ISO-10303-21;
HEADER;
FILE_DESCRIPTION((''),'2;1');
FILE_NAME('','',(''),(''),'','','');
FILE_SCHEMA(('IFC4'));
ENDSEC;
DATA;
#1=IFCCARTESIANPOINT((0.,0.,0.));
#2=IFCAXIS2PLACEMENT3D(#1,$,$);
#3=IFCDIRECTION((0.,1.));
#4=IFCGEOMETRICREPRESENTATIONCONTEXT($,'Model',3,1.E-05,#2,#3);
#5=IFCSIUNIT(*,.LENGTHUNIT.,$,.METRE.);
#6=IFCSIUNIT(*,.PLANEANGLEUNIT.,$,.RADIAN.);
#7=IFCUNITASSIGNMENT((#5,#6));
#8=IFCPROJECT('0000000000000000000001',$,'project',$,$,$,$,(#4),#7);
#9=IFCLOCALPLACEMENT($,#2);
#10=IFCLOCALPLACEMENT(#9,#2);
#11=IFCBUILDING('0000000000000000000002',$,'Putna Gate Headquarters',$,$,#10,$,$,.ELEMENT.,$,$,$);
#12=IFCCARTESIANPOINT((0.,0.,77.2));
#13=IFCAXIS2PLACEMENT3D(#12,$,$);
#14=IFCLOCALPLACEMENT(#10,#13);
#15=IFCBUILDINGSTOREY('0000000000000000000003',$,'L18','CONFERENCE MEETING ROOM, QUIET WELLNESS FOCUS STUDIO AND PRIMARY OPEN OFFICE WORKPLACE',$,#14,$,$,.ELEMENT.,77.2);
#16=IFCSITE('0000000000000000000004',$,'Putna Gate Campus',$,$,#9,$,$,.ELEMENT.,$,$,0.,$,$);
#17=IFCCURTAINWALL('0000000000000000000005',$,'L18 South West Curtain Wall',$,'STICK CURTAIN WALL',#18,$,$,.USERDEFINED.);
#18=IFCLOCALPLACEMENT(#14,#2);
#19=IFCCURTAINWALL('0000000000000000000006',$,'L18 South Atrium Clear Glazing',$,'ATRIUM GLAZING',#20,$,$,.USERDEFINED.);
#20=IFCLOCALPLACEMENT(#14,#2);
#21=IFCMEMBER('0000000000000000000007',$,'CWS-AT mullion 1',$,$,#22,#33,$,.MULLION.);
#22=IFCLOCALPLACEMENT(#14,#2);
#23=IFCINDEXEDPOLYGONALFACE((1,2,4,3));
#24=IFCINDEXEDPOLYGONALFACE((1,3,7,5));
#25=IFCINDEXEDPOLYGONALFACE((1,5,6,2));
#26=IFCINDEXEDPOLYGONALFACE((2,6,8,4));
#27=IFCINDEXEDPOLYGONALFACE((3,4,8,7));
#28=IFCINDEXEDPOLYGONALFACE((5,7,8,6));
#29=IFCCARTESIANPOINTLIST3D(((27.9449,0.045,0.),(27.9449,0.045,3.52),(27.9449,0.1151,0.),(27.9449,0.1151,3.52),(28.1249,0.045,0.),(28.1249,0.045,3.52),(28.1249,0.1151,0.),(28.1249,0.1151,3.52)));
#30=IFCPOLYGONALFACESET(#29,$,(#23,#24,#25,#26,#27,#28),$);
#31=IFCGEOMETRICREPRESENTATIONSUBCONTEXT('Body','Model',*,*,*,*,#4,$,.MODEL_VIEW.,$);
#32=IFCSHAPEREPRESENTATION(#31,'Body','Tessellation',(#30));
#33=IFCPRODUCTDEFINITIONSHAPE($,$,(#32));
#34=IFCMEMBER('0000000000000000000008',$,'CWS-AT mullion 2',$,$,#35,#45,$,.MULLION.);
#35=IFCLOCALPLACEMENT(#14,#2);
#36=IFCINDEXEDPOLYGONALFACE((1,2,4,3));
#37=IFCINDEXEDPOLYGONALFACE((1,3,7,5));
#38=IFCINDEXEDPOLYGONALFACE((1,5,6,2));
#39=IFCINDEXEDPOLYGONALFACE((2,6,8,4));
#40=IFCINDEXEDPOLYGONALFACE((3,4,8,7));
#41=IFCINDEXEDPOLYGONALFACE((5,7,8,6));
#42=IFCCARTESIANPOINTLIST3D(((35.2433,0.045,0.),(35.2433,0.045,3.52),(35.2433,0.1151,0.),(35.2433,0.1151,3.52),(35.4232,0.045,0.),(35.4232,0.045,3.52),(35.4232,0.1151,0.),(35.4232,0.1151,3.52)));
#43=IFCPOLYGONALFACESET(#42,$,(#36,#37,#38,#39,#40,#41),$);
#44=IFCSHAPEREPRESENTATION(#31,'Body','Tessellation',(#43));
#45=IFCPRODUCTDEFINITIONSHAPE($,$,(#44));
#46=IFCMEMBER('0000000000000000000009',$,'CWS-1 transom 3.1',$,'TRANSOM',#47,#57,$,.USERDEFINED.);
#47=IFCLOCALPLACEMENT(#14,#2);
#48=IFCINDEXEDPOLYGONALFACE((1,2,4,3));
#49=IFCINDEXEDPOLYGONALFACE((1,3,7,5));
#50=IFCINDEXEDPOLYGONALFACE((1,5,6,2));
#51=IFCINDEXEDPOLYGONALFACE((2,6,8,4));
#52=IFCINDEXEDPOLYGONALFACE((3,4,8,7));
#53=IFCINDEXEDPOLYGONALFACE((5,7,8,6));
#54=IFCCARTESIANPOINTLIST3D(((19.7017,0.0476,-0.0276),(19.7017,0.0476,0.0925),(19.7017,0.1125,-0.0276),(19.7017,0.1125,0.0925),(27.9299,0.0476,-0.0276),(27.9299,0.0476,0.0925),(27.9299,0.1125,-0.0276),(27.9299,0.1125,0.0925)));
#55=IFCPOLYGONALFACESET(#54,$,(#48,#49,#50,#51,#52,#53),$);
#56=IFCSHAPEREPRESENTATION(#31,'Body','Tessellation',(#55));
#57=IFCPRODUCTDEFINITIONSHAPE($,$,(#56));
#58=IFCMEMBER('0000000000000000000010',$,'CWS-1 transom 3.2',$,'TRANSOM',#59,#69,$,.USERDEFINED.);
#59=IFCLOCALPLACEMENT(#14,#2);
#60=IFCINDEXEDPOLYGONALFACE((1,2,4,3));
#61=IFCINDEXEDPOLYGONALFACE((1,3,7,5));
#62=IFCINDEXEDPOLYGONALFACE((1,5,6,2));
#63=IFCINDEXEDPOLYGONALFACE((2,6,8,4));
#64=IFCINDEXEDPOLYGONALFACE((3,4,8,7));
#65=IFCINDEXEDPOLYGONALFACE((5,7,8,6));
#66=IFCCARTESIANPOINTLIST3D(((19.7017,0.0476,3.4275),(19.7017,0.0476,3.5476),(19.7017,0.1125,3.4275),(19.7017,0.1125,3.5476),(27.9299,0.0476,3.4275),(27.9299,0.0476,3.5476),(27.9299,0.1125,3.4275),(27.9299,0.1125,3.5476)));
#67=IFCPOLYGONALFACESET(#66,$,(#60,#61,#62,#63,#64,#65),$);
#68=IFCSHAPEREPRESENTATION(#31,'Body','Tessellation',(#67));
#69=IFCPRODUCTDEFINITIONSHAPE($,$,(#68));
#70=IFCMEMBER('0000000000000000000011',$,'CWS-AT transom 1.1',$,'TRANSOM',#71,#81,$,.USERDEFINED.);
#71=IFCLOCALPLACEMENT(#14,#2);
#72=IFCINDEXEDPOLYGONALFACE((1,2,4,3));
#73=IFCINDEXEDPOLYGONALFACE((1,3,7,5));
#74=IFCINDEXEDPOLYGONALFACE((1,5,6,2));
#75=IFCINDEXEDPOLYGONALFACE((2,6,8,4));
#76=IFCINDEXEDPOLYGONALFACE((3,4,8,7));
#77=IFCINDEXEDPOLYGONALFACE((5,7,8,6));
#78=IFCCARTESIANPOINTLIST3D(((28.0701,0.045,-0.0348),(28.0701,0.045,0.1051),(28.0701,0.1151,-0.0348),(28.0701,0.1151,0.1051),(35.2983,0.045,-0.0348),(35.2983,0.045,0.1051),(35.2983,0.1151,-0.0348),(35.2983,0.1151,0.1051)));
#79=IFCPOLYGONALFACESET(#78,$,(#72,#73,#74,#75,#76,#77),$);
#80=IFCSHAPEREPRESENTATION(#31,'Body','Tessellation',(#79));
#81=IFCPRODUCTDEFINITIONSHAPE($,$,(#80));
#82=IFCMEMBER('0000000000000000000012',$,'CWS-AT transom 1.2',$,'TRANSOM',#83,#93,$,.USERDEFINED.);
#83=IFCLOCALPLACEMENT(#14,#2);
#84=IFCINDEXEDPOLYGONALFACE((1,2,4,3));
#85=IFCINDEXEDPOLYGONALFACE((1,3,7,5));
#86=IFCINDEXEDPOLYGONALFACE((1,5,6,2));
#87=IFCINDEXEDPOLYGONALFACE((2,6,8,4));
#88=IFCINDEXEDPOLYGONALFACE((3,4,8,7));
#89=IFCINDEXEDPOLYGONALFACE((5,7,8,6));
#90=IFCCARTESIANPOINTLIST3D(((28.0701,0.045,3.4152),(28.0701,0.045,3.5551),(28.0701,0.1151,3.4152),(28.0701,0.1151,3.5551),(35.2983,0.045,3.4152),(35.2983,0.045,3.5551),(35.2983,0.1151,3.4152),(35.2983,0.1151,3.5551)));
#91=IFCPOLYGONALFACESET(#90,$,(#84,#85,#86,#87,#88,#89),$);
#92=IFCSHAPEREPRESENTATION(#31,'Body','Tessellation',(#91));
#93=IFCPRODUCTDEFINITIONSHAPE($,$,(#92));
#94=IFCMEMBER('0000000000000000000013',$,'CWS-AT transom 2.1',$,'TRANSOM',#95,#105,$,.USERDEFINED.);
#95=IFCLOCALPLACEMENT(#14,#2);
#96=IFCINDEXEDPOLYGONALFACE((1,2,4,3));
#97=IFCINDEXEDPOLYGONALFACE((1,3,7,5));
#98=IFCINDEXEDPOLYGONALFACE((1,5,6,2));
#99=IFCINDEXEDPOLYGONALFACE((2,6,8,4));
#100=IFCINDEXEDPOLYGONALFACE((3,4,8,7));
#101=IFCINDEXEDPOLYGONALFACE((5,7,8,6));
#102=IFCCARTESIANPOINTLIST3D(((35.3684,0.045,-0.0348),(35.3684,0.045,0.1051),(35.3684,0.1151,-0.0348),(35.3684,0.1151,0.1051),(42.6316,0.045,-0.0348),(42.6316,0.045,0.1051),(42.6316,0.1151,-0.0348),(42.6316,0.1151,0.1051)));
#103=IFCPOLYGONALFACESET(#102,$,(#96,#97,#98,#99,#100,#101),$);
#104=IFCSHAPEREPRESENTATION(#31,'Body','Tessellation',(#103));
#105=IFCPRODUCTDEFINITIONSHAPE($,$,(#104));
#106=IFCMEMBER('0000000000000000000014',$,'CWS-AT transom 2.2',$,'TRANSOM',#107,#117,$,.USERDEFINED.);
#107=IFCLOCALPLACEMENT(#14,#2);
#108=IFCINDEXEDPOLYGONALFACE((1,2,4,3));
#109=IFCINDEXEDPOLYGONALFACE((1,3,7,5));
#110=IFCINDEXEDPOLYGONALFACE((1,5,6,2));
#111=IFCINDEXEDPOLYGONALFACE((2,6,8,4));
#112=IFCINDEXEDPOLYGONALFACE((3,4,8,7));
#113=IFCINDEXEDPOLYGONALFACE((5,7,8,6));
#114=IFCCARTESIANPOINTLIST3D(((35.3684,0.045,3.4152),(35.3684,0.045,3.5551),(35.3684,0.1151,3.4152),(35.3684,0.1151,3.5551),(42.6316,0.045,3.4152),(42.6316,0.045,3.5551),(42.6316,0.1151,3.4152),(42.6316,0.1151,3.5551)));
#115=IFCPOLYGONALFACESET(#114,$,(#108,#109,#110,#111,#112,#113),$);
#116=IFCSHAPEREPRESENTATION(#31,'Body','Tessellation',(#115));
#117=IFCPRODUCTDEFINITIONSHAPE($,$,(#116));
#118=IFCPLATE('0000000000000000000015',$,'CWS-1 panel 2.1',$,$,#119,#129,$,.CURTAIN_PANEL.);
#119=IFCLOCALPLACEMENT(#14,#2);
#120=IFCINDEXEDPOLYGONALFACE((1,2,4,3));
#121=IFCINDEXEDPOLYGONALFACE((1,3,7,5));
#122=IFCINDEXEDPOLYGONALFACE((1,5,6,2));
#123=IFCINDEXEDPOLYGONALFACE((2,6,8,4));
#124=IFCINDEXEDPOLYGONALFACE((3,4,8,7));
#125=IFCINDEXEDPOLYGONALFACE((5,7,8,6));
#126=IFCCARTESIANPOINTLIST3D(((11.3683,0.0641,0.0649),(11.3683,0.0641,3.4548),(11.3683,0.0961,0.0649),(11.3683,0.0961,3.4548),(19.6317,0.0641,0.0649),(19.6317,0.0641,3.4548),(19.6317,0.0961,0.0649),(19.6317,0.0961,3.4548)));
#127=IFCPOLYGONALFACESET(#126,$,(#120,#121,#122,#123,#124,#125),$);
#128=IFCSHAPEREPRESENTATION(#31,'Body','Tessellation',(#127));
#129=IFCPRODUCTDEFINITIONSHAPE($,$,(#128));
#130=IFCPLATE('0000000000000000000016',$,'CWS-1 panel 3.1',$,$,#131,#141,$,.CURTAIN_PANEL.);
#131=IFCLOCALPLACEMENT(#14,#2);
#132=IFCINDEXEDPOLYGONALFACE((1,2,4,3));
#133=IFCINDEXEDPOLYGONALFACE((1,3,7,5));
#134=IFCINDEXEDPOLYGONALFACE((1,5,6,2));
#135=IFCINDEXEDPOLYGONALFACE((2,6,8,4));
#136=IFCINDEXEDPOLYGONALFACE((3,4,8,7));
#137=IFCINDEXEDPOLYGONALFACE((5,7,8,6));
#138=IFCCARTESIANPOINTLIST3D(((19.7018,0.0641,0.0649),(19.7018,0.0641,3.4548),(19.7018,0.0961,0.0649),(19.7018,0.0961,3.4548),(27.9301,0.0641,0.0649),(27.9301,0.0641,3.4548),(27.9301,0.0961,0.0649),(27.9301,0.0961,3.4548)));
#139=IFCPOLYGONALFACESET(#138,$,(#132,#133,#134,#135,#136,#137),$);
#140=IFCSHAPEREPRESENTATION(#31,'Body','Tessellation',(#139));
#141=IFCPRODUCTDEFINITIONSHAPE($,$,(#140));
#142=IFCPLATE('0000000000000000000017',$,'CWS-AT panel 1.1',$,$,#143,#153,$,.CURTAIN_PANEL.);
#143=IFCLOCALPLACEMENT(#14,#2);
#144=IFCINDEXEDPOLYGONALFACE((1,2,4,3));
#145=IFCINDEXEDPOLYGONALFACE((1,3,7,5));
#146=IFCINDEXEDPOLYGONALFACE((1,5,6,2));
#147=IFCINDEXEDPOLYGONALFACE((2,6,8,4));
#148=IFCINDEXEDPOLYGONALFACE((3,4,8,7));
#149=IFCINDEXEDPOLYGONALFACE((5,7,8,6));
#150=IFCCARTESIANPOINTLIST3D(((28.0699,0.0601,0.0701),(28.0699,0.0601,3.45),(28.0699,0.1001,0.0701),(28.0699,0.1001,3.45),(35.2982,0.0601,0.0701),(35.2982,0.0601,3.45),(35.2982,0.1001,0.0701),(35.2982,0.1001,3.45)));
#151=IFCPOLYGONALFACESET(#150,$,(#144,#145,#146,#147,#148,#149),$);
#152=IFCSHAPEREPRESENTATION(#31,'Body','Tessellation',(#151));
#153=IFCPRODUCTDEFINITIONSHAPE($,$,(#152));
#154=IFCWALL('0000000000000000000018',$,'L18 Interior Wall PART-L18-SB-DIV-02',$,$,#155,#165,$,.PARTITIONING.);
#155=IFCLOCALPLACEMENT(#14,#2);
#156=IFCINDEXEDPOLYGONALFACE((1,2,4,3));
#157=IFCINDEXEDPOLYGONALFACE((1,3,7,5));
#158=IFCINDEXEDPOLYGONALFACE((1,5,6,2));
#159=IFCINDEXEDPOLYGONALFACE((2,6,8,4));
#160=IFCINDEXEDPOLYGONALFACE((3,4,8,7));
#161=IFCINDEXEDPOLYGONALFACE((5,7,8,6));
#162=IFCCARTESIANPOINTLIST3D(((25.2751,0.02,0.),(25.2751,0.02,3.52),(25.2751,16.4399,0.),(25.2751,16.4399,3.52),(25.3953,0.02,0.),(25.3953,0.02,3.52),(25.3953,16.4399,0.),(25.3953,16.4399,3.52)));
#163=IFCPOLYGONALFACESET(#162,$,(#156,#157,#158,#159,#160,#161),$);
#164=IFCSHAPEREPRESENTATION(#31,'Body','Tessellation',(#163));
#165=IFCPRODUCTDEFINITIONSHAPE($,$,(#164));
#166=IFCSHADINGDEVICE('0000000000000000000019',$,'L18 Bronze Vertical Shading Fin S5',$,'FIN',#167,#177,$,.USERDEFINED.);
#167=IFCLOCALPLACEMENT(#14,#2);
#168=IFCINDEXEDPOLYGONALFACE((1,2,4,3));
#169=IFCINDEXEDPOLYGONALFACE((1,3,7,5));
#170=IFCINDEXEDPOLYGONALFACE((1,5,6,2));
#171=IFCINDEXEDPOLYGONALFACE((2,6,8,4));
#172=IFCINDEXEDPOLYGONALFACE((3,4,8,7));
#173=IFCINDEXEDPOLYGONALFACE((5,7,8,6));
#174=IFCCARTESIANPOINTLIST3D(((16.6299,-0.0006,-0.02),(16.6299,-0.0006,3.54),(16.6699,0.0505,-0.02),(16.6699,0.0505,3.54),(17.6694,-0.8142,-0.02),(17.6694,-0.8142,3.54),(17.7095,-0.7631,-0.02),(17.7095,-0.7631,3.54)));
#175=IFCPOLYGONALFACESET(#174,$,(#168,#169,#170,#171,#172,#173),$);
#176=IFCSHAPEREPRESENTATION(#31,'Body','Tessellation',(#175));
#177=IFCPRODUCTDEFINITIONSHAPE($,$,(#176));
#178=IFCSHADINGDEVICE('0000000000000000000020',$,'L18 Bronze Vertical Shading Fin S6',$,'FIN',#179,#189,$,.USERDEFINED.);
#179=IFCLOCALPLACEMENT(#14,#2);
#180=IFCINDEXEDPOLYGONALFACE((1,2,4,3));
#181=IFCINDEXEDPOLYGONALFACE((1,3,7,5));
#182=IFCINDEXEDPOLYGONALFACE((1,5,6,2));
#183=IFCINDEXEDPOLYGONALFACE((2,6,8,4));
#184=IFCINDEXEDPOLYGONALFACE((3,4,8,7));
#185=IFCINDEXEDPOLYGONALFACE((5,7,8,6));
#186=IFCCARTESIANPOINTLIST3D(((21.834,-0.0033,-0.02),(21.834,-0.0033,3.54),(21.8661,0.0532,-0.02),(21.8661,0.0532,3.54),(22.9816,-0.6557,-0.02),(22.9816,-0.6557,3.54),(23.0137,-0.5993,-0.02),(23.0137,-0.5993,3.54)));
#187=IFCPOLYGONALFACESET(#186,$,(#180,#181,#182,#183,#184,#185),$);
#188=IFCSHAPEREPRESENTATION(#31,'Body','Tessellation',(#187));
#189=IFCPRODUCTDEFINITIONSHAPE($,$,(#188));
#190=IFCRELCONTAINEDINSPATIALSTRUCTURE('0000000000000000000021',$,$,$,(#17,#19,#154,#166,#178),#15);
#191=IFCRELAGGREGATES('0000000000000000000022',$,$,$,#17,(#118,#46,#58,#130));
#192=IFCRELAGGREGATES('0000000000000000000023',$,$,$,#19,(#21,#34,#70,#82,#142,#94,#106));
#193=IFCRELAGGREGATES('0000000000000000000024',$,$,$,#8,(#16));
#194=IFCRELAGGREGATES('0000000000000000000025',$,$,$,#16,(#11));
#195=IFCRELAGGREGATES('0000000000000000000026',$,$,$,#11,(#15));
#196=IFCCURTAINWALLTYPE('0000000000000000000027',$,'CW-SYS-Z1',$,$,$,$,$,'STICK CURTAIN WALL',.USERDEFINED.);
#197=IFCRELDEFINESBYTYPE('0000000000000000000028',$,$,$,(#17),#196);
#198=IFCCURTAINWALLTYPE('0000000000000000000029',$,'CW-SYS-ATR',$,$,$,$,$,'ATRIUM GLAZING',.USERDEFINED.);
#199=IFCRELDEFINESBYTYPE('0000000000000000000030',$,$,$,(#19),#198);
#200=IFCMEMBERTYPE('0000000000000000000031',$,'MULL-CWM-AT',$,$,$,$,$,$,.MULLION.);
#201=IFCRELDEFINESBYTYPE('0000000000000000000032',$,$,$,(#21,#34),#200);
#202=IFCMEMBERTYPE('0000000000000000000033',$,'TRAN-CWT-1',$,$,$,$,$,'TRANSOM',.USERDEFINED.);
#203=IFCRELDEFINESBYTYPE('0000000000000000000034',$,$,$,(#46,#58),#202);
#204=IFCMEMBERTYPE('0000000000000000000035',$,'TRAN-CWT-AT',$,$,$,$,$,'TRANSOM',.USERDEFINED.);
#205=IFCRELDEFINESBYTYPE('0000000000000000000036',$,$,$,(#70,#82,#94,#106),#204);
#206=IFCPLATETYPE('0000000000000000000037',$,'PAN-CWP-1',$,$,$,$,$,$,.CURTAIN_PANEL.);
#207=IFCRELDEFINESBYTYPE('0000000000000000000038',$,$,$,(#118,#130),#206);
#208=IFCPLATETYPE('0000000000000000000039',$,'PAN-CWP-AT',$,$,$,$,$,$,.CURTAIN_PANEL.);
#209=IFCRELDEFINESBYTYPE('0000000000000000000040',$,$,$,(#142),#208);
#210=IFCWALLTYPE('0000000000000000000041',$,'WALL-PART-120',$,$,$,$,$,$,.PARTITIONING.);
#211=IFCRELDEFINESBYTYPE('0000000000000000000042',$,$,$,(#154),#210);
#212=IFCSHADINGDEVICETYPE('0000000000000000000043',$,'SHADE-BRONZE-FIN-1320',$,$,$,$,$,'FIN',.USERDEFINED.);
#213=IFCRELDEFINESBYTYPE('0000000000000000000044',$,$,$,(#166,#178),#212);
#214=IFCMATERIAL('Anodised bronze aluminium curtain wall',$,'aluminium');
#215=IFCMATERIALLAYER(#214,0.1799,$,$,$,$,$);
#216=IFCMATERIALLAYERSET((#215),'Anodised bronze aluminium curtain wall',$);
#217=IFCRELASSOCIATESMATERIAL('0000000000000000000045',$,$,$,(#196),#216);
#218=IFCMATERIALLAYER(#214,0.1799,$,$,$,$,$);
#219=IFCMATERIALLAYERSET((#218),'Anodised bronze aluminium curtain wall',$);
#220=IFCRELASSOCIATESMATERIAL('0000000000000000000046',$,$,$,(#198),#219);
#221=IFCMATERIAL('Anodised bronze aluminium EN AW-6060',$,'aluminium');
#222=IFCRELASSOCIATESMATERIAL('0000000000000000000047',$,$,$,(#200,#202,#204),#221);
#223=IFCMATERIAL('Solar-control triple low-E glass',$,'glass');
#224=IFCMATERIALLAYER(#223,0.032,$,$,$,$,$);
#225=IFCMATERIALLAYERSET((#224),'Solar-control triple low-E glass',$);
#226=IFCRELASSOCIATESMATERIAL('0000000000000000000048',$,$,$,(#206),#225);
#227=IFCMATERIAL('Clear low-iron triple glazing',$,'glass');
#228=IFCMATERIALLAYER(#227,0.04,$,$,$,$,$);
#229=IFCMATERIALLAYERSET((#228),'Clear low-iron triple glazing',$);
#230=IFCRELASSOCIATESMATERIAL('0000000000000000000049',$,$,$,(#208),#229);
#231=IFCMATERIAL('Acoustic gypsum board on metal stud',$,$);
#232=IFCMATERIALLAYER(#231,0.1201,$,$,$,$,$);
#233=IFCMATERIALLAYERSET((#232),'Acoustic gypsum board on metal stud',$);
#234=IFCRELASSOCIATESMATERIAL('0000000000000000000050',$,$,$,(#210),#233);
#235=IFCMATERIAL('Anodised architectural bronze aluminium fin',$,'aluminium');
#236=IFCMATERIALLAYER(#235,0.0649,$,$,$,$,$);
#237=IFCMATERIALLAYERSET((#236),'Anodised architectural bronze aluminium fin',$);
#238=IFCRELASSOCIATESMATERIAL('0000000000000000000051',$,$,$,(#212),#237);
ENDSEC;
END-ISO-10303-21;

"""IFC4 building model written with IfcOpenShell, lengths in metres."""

from ifc_helpers import new_model, si_unit, direction, frame, frame_2d, origin, origin_2d, place, context, subcontext, project, spatial, rectangle, extrude, material, layer, layer_set, material_profile, profile_set, type_object, element, aggregate, save


model = new_model("IFC4")

# Units and contexts
model_context = context("Model", 3, precision=1e-05, world=origin(), true_north=direction((0.0, 1.0)))
body_context = subcontext(model_context, "Body", "Model", "MODEL_VIEW")
ifc_project = project(units=[si_unit("LENGTHUNIT", "METRE"), si_unit("PLANEANGLEUNIT", "RADIAN")], contexts=[model_context])

# Site, building, storey
site_placement = place(None, origin())
site = spatial("IfcSite", under=ifc_project, at=site_placement, Name="Putna Gate Campus", CompositionType="ELEMENT", RefElevation=0.0)
building_placement = place(site_placement, origin())
building = spatial("IfcBuilding", under=site, at=building_placement, Name="Putna Gate Headquarters", CompositionType="ELEMENT")
storey_placement = place(building_placement, frame((0.0, 0.0, 77.2)))
storey = spatial("IfcBuildingStorey", under=building, at=storey_placement, Name="L18", Description="CONFERENCE MEETING ROOM, QUIET WELLNESS FOCUS STUDIO AND PRIMARY OPEN OFFICE WORKPLACE", CompositionType="ELEMENT", Elevation=77.2)

# Curtain walls, members
ifc_material_1 = material(Name="Anodised bronze aluminium curtain wall", Category="aluminium")
ifc_layer_1 = layer(ifc_material_1, 0.1799)
ifc_layer_set_1 = layer_set([ifc_layer_1], Name="Anodised bronze aluminium curtain wall")
curtain_wall_type_1 = type_object("IfcCurtainWallType", Name="CW-SYS-Z1", ElementType="STICK CURTAIN WALL", PredefinedType="USERDEFINED", material=ifc_layer_set_1)
curtain_wall_1_placement = place(storey_placement, origin())
curtain_wall_1 = element("IfcCurtainWall", 1, at=curtain_wall_1_placement, inside=storey, type_object=curtain_wall_type_1, Name="L18 South West Curtain Wall", ObjectType="STICK CURTAIN WALL", PredefinedType="USERDEFINED")
ifc_material_2 = material(Name="Anodised bronze aluminium EN AW-6060", Category="aluminium")
ifc_layer_2 = layer(ifc_material_1, 0.1799)
ifc_layer_set_2 = layer_set([ifc_layer_2], Name="Anodised bronze aluminium curtain wall")
curtain_wall_type_2 = type_object("IfcCurtainWallType", Name="CW-SYS-ATR", ElementType="ATRIUM GLAZING", PredefinedType="USERDEFINED", material=ifc_layer_set_2)
curtain_wall_2_placement = place(storey_placement, origin())
curtain_wall_2 = element("IfcCurtainWall", 2, at=curtain_wall_2_placement, inside=storey, type_object=curtain_wall_type_2, Name="L18 South Atrium Clear Glazing", ObjectType="ATRIUM GLAZING", PredefinedType="USERDEFINED")
ifc_material_profile_1 = material_profile(ifc_material_2, rectangle(XDim=0.0701, YDim=0.1799, at=origin_2d()), Name="Anodised bronze aluminium EN AW-6060")
ifc_profile_set_1 = profile_set([ifc_material_profile_1], Name="Anodised bronze aluminium EN AW-6060")
member_type_1 = type_object("IfcMemberType", Name="MULL-CWM-AT", PredefinedType="MULLION", material=ifc_profile_set_1)
member_1_placement = place(storey_placement, frame((28.0349, 0.0801, 0.0), z_axis=(0.0, 0.0, 1.0), x_axis=(0.0, 1.0, 0.0)))
member_1 = element("IfcMember", 3, at=member_1_placement, type_object=member_type_1, Name="CWS-AT mullion 1", PredefinedType="MULLION", context=body_context, shape_type="SweptSolid", body=[
    extrude(rectangle(XDim=0.0701, YDim=0.1799, at=origin_2d()), origin(), (0.0, 0.0, 1.0), 3.52),
])
member_2_placement = place(storey_placement, frame((35.3333, 0.0801, 0.0), z_axis=(0.0, 0.0, 1.0), x_axis=(0.0, 1.0, 0.0)))
member_2 = element("IfcMember", 4, at=member_2_placement, type_object=member_type_1, Name="CWS-AT mullion 2", PredefinedType="MULLION", context=body_context, shape_type="SweptSolid", body=[
    extrude(rectangle(XDim=0.0701, YDim=0.1799, at=origin_2d()), origin(), (0.0, 0.0, 1.0), 3.52),
])

# Members
ifc_material_profile_2 = material_profile(ifc_material_2, rectangle(XDim=0.0649, YDim=0.1201, at=origin_2d()), Name="Anodised bronze aluminium EN AW-6060")
ifc_profile_set_2 = profile_set([ifc_material_profile_2], Name="Anodised bronze aluminium EN AW-6060")
member_type_2 = type_object("IfcMemberType", Name="TRAN-CWT-1", ElementType="TRANSOM", PredefinedType="USERDEFINED", material=ifc_profile_set_2)
member_3_placement = place(storey_placement, frame((19.7017, 0.0801, 0.0325), z_axis=(1.0, 0.0, 0.0), x_axis=(0.0, 1.0, 0.0)))
member_3 = element("IfcMember", 5, at=member_3_placement, type_object=member_type_2, Name="CWS-1 transom 3.1", ObjectType="TRANSOM", PredefinedType="USERDEFINED", context=body_context, shape_type="SweptSolid", body=[
    extrude(rectangle(XDim=0.0649, YDim=0.1201, at=origin_2d()), origin(), (0.0, 0.0, 1.0), 8.2283),
])
member_4_placement = place(storey_placement, frame((19.7017, 0.0801, 3.4875), z_axis=(1.0, 0.0, 0.0), x_axis=(0.0, 1.0, 0.0)))
member_4 = element("IfcMember", 6, at=member_4_placement, type_object=member_type_2, Name="CWS-1 transom 3.2", ObjectType="TRANSOM", PredefinedType="USERDEFINED", context=body_context, shape_type="SweptSolid", body=[
    extrude(rectangle(XDim=0.0649, YDim=0.1201, at=origin_2d()), origin(), (0.0, 0.0, 1.0), 8.2283),
])
ifc_material_profile_3 = material_profile(ifc_material_2, rectangle(XDim=0.0701, YDim=0.1399, at=origin_2d()), Name="Anodised bronze aluminium EN AW-6060")
ifc_profile_set_3 = profile_set([ifc_material_profile_3], Name="Anodised bronze aluminium EN AW-6060")
member_type_3 = type_object("IfcMemberType", Name="TRAN-CWT-AT", ElementType="TRANSOM", PredefinedType="USERDEFINED", material=ifc_profile_set_3)
member_5_placement = place(storey_placement, frame((28.0701, 0.0801, 0.0352), z_axis=(1.0, 0.0, 0.0), x_axis=(0.0, 1.0, 0.0)))
member_5 = element("IfcMember", 7, at=member_5_placement, type_object=member_type_3, Name="CWS-AT transom 1.1", ObjectType="TRANSOM", PredefinedType="USERDEFINED", context=body_context, shape_type="SweptSolid", body=[
    extrude(rectangle(XDim=0.0701, YDim=0.1399, at=origin_2d()), origin(), (0.0, 0.0, 1.0), 7.2283),
])
member_6_placement = place(storey_placement, frame((28.0701, 0.0801, 3.4851), z_axis=(1.0, 0.0, 0.0), x_axis=(0.0, 1.0, 0.0)))
member_6 = element("IfcMember", 8, at=member_6_placement, type_object=member_type_3, Name="CWS-AT transom 1.2", ObjectType="TRANSOM", PredefinedType="USERDEFINED", context=body_context, shape_type="SweptSolid", body=[
    extrude(rectangle(XDim=0.0701, YDim=0.1399, at=origin_2d()), origin(), (0.0, 0.0, 1.0), 7.2283),
])
member_7_placement = place(storey_placement, frame((35.3684, 0.0801, 0.0352), z_axis=(1.0, 0.0, 0.0), x_axis=(0.0, 1.0, 0.0)))
member_7 = element("IfcMember", 9, at=member_7_placement, type_object=member_type_3, Name="CWS-AT transom 2.1", ObjectType="TRANSOM", PredefinedType="USERDEFINED", context=body_context, shape_type="SweptSolid", body=[
    extrude(rectangle(XDim=0.0701, YDim=0.1399, at=origin_2d()), origin(), (0.0, 0.0, 1.0), 7.2632),
])
member_8_placement = place(storey_placement, frame((35.3684, 0.0801, 3.4851), z_axis=(1.0, 0.0, 0.0), x_axis=(0.0, 1.0, 0.0)))
member_8 = element("IfcMember", 10, at=member_8_placement, type_object=member_type_3, Name="CWS-AT transom 2.2", ObjectType="TRANSOM", PredefinedType="USERDEFINED", context=body_context, shape_type="SweptSolid", body=[
    extrude(rectangle(XDim=0.0701, YDim=0.1399, at=origin_2d()), origin(), (0.0, 0.0, 1.0), 7.2632),
])

# Plates
ifc_material_3 = material(Name="Solar-control triple low-E glass", Category="glass")
ifc_layer_3 = layer(ifc_material_3, 0.032)
ifc_layer_set_3 = layer_set([ifc_layer_3], Name="Solar-control triple low-E glass")
plate_type_1 = type_object("IfcPlateType", Name="PAN-CWP-1", PredefinedType="CURTAIN_PANEL", material=ifc_layer_set_3)
plate_1_placement = place(storey_placement, frame((15.5, 0.0801, 0.0649), z_axis=(0.0, 0.0, 1.0), x_axis=(1.0, 0.0, 0.0)))
plate_1 = element("IfcPlate", 11, at=plate_1_placement, type_object=plate_type_1, Name="CWS-1 panel 2.1", PredefinedType="CURTAIN_PANEL", context=body_context, shape_type="SweptSolid", body=[
    extrude(rectangle(XDim=8.2634, YDim=0.032, at=origin_2d()), origin(), (0.0, 0.0, 1.0), 3.3899),
])
plate_2_placement = place(storey_placement, frame((23.8159, 0.0801, 0.0649), z_axis=(0.0, 0.0, 1.0), x_axis=(1.0, 0.0, 0.0)))
plate_2 = element("IfcPlate", 12, at=plate_2_placement, type_object=plate_type_1, Name="CWS-1 panel 3.1", PredefinedType="CURTAIN_PANEL", context=body_context, shape_type="SweptSolid", body=[
    extrude(rectangle(XDim=8.2283, YDim=0.032, at=origin_2d()), origin(), (0.0, 0.0, 1.0), 3.3899),
])
aggregate(curtain_wall_1, [plate_1, member_3, member_4, plate_2])
ifc_material_4 = material(Name="Clear low-iron triple glazing", Category="glass")
ifc_layer_4 = layer(ifc_material_4, 0.04)
ifc_layer_set_4 = layer_set([ifc_layer_4], Name="Clear low-iron triple glazing")
plate_type_2 = type_object("IfcPlateType", Name="PAN-CWP-AT", PredefinedType="CURTAIN_PANEL", material=ifc_layer_set_4)
plate_3_placement = place(storey_placement, frame((31.6841, 0.0801, 0.0701), z_axis=(0.0, 0.0, 1.0), x_axis=(1.0, 0.0, 0.0)))
plate_3 = element("IfcPlate", 13, at=plate_3_placement, type_object=plate_type_2, Name="CWS-AT panel 1.1", PredefinedType="CURTAIN_PANEL", context=body_context, shape_type="SweptSolid", body=[
    extrude(rectangle(XDim=7.2283, YDim=0.04, at=origin_2d()), origin(), (0.0, 0.0, 1.0), 3.3799),
])
aggregate(curtain_wall_2, [member_1, member_2, member_5, member_6, plate_3, member_7, member_8])

# Wall
ifc_material_5 = material(Name="Acoustic gypsum board on metal stud")
ifc_layer_5 = layer(ifc_material_5, 0.1201)
ifc_layer_set_5 = layer_set([ifc_layer_5], Name="Acoustic gypsum board on metal stud")
wall_type = type_object("IfcWallType", Name="WALL-PART-120", PredefinedType="PARTITIONING", material=ifc_layer_set_5)
wall_placement = place(storey_placement, frame((25.3352, 0.02, 0.0), z_axis=(0.0, 0.0, 1.0), x_axis=(0.0, 1.0, 0.0)))
element("IfcWall", 14, at=wall_placement, inside=storey, type_object=wall_type, Name="L18 Interior Wall PART-L18-SB-DIV-02", PredefinedType="PARTITIONING", context=body_context, shape_type="SweptSolid", body=[
    extrude(rectangle(XDim=16.4199, YDim=0.1201, at=frame_2d((8.21, 0.0))), origin(), (0.0, 0.0, 1.0), 3.52),
])

# Shading devices
ifc_material_6 = material(Name="Anodised architectural bronze aluminium fin", Category="aluminium")
ifc_layer_6 = layer(ifc_material_6, 0.0649)
ifc_layer_set_6 = layer_set([ifc_layer_6], Name="Anodised architectural bronze aluminium fin")
shading_device_type = type_object("IfcShadingDeviceType", Name="SHADE-BRONZE-FIN-1320", ElementType="FIN", PredefinedType="USERDEFINED", material=ifc_layer_set_6)
for number, where, z_axis, x_axis, name in (
    (15, (17.1697, -0.3818, -0.02), (0.0, 0.0, 1.0), (0.787473, -0.616349, 0.0), "L18 Bronze Vertical Shading Fin S5"),
    (16, (22.4238, -0.3013, -0.02), (0.0, 0.0, 1.0), (0.869322, -0.494245, 0.0), "L18 Bronze Vertical Shading Fin S6"),
):
    element("IfcShadingDevice", number, at=place(storey_placement, frame(where, z_axis=z_axis, x_axis=x_axis)), inside=storey, type_object=shading_device_type, Name=name, ObjectType="FIN", PredefinedType="USERDEFINED", context=body_context, shape_type="SweptSolid", body=[
        extrude(rectangle(XDim=1.3201, YDim=0.0649, at=origin_2d()), origin(), (0.0, 0.0, 1.0), 3.5601),
    ])

save(model, "model.ifc")
